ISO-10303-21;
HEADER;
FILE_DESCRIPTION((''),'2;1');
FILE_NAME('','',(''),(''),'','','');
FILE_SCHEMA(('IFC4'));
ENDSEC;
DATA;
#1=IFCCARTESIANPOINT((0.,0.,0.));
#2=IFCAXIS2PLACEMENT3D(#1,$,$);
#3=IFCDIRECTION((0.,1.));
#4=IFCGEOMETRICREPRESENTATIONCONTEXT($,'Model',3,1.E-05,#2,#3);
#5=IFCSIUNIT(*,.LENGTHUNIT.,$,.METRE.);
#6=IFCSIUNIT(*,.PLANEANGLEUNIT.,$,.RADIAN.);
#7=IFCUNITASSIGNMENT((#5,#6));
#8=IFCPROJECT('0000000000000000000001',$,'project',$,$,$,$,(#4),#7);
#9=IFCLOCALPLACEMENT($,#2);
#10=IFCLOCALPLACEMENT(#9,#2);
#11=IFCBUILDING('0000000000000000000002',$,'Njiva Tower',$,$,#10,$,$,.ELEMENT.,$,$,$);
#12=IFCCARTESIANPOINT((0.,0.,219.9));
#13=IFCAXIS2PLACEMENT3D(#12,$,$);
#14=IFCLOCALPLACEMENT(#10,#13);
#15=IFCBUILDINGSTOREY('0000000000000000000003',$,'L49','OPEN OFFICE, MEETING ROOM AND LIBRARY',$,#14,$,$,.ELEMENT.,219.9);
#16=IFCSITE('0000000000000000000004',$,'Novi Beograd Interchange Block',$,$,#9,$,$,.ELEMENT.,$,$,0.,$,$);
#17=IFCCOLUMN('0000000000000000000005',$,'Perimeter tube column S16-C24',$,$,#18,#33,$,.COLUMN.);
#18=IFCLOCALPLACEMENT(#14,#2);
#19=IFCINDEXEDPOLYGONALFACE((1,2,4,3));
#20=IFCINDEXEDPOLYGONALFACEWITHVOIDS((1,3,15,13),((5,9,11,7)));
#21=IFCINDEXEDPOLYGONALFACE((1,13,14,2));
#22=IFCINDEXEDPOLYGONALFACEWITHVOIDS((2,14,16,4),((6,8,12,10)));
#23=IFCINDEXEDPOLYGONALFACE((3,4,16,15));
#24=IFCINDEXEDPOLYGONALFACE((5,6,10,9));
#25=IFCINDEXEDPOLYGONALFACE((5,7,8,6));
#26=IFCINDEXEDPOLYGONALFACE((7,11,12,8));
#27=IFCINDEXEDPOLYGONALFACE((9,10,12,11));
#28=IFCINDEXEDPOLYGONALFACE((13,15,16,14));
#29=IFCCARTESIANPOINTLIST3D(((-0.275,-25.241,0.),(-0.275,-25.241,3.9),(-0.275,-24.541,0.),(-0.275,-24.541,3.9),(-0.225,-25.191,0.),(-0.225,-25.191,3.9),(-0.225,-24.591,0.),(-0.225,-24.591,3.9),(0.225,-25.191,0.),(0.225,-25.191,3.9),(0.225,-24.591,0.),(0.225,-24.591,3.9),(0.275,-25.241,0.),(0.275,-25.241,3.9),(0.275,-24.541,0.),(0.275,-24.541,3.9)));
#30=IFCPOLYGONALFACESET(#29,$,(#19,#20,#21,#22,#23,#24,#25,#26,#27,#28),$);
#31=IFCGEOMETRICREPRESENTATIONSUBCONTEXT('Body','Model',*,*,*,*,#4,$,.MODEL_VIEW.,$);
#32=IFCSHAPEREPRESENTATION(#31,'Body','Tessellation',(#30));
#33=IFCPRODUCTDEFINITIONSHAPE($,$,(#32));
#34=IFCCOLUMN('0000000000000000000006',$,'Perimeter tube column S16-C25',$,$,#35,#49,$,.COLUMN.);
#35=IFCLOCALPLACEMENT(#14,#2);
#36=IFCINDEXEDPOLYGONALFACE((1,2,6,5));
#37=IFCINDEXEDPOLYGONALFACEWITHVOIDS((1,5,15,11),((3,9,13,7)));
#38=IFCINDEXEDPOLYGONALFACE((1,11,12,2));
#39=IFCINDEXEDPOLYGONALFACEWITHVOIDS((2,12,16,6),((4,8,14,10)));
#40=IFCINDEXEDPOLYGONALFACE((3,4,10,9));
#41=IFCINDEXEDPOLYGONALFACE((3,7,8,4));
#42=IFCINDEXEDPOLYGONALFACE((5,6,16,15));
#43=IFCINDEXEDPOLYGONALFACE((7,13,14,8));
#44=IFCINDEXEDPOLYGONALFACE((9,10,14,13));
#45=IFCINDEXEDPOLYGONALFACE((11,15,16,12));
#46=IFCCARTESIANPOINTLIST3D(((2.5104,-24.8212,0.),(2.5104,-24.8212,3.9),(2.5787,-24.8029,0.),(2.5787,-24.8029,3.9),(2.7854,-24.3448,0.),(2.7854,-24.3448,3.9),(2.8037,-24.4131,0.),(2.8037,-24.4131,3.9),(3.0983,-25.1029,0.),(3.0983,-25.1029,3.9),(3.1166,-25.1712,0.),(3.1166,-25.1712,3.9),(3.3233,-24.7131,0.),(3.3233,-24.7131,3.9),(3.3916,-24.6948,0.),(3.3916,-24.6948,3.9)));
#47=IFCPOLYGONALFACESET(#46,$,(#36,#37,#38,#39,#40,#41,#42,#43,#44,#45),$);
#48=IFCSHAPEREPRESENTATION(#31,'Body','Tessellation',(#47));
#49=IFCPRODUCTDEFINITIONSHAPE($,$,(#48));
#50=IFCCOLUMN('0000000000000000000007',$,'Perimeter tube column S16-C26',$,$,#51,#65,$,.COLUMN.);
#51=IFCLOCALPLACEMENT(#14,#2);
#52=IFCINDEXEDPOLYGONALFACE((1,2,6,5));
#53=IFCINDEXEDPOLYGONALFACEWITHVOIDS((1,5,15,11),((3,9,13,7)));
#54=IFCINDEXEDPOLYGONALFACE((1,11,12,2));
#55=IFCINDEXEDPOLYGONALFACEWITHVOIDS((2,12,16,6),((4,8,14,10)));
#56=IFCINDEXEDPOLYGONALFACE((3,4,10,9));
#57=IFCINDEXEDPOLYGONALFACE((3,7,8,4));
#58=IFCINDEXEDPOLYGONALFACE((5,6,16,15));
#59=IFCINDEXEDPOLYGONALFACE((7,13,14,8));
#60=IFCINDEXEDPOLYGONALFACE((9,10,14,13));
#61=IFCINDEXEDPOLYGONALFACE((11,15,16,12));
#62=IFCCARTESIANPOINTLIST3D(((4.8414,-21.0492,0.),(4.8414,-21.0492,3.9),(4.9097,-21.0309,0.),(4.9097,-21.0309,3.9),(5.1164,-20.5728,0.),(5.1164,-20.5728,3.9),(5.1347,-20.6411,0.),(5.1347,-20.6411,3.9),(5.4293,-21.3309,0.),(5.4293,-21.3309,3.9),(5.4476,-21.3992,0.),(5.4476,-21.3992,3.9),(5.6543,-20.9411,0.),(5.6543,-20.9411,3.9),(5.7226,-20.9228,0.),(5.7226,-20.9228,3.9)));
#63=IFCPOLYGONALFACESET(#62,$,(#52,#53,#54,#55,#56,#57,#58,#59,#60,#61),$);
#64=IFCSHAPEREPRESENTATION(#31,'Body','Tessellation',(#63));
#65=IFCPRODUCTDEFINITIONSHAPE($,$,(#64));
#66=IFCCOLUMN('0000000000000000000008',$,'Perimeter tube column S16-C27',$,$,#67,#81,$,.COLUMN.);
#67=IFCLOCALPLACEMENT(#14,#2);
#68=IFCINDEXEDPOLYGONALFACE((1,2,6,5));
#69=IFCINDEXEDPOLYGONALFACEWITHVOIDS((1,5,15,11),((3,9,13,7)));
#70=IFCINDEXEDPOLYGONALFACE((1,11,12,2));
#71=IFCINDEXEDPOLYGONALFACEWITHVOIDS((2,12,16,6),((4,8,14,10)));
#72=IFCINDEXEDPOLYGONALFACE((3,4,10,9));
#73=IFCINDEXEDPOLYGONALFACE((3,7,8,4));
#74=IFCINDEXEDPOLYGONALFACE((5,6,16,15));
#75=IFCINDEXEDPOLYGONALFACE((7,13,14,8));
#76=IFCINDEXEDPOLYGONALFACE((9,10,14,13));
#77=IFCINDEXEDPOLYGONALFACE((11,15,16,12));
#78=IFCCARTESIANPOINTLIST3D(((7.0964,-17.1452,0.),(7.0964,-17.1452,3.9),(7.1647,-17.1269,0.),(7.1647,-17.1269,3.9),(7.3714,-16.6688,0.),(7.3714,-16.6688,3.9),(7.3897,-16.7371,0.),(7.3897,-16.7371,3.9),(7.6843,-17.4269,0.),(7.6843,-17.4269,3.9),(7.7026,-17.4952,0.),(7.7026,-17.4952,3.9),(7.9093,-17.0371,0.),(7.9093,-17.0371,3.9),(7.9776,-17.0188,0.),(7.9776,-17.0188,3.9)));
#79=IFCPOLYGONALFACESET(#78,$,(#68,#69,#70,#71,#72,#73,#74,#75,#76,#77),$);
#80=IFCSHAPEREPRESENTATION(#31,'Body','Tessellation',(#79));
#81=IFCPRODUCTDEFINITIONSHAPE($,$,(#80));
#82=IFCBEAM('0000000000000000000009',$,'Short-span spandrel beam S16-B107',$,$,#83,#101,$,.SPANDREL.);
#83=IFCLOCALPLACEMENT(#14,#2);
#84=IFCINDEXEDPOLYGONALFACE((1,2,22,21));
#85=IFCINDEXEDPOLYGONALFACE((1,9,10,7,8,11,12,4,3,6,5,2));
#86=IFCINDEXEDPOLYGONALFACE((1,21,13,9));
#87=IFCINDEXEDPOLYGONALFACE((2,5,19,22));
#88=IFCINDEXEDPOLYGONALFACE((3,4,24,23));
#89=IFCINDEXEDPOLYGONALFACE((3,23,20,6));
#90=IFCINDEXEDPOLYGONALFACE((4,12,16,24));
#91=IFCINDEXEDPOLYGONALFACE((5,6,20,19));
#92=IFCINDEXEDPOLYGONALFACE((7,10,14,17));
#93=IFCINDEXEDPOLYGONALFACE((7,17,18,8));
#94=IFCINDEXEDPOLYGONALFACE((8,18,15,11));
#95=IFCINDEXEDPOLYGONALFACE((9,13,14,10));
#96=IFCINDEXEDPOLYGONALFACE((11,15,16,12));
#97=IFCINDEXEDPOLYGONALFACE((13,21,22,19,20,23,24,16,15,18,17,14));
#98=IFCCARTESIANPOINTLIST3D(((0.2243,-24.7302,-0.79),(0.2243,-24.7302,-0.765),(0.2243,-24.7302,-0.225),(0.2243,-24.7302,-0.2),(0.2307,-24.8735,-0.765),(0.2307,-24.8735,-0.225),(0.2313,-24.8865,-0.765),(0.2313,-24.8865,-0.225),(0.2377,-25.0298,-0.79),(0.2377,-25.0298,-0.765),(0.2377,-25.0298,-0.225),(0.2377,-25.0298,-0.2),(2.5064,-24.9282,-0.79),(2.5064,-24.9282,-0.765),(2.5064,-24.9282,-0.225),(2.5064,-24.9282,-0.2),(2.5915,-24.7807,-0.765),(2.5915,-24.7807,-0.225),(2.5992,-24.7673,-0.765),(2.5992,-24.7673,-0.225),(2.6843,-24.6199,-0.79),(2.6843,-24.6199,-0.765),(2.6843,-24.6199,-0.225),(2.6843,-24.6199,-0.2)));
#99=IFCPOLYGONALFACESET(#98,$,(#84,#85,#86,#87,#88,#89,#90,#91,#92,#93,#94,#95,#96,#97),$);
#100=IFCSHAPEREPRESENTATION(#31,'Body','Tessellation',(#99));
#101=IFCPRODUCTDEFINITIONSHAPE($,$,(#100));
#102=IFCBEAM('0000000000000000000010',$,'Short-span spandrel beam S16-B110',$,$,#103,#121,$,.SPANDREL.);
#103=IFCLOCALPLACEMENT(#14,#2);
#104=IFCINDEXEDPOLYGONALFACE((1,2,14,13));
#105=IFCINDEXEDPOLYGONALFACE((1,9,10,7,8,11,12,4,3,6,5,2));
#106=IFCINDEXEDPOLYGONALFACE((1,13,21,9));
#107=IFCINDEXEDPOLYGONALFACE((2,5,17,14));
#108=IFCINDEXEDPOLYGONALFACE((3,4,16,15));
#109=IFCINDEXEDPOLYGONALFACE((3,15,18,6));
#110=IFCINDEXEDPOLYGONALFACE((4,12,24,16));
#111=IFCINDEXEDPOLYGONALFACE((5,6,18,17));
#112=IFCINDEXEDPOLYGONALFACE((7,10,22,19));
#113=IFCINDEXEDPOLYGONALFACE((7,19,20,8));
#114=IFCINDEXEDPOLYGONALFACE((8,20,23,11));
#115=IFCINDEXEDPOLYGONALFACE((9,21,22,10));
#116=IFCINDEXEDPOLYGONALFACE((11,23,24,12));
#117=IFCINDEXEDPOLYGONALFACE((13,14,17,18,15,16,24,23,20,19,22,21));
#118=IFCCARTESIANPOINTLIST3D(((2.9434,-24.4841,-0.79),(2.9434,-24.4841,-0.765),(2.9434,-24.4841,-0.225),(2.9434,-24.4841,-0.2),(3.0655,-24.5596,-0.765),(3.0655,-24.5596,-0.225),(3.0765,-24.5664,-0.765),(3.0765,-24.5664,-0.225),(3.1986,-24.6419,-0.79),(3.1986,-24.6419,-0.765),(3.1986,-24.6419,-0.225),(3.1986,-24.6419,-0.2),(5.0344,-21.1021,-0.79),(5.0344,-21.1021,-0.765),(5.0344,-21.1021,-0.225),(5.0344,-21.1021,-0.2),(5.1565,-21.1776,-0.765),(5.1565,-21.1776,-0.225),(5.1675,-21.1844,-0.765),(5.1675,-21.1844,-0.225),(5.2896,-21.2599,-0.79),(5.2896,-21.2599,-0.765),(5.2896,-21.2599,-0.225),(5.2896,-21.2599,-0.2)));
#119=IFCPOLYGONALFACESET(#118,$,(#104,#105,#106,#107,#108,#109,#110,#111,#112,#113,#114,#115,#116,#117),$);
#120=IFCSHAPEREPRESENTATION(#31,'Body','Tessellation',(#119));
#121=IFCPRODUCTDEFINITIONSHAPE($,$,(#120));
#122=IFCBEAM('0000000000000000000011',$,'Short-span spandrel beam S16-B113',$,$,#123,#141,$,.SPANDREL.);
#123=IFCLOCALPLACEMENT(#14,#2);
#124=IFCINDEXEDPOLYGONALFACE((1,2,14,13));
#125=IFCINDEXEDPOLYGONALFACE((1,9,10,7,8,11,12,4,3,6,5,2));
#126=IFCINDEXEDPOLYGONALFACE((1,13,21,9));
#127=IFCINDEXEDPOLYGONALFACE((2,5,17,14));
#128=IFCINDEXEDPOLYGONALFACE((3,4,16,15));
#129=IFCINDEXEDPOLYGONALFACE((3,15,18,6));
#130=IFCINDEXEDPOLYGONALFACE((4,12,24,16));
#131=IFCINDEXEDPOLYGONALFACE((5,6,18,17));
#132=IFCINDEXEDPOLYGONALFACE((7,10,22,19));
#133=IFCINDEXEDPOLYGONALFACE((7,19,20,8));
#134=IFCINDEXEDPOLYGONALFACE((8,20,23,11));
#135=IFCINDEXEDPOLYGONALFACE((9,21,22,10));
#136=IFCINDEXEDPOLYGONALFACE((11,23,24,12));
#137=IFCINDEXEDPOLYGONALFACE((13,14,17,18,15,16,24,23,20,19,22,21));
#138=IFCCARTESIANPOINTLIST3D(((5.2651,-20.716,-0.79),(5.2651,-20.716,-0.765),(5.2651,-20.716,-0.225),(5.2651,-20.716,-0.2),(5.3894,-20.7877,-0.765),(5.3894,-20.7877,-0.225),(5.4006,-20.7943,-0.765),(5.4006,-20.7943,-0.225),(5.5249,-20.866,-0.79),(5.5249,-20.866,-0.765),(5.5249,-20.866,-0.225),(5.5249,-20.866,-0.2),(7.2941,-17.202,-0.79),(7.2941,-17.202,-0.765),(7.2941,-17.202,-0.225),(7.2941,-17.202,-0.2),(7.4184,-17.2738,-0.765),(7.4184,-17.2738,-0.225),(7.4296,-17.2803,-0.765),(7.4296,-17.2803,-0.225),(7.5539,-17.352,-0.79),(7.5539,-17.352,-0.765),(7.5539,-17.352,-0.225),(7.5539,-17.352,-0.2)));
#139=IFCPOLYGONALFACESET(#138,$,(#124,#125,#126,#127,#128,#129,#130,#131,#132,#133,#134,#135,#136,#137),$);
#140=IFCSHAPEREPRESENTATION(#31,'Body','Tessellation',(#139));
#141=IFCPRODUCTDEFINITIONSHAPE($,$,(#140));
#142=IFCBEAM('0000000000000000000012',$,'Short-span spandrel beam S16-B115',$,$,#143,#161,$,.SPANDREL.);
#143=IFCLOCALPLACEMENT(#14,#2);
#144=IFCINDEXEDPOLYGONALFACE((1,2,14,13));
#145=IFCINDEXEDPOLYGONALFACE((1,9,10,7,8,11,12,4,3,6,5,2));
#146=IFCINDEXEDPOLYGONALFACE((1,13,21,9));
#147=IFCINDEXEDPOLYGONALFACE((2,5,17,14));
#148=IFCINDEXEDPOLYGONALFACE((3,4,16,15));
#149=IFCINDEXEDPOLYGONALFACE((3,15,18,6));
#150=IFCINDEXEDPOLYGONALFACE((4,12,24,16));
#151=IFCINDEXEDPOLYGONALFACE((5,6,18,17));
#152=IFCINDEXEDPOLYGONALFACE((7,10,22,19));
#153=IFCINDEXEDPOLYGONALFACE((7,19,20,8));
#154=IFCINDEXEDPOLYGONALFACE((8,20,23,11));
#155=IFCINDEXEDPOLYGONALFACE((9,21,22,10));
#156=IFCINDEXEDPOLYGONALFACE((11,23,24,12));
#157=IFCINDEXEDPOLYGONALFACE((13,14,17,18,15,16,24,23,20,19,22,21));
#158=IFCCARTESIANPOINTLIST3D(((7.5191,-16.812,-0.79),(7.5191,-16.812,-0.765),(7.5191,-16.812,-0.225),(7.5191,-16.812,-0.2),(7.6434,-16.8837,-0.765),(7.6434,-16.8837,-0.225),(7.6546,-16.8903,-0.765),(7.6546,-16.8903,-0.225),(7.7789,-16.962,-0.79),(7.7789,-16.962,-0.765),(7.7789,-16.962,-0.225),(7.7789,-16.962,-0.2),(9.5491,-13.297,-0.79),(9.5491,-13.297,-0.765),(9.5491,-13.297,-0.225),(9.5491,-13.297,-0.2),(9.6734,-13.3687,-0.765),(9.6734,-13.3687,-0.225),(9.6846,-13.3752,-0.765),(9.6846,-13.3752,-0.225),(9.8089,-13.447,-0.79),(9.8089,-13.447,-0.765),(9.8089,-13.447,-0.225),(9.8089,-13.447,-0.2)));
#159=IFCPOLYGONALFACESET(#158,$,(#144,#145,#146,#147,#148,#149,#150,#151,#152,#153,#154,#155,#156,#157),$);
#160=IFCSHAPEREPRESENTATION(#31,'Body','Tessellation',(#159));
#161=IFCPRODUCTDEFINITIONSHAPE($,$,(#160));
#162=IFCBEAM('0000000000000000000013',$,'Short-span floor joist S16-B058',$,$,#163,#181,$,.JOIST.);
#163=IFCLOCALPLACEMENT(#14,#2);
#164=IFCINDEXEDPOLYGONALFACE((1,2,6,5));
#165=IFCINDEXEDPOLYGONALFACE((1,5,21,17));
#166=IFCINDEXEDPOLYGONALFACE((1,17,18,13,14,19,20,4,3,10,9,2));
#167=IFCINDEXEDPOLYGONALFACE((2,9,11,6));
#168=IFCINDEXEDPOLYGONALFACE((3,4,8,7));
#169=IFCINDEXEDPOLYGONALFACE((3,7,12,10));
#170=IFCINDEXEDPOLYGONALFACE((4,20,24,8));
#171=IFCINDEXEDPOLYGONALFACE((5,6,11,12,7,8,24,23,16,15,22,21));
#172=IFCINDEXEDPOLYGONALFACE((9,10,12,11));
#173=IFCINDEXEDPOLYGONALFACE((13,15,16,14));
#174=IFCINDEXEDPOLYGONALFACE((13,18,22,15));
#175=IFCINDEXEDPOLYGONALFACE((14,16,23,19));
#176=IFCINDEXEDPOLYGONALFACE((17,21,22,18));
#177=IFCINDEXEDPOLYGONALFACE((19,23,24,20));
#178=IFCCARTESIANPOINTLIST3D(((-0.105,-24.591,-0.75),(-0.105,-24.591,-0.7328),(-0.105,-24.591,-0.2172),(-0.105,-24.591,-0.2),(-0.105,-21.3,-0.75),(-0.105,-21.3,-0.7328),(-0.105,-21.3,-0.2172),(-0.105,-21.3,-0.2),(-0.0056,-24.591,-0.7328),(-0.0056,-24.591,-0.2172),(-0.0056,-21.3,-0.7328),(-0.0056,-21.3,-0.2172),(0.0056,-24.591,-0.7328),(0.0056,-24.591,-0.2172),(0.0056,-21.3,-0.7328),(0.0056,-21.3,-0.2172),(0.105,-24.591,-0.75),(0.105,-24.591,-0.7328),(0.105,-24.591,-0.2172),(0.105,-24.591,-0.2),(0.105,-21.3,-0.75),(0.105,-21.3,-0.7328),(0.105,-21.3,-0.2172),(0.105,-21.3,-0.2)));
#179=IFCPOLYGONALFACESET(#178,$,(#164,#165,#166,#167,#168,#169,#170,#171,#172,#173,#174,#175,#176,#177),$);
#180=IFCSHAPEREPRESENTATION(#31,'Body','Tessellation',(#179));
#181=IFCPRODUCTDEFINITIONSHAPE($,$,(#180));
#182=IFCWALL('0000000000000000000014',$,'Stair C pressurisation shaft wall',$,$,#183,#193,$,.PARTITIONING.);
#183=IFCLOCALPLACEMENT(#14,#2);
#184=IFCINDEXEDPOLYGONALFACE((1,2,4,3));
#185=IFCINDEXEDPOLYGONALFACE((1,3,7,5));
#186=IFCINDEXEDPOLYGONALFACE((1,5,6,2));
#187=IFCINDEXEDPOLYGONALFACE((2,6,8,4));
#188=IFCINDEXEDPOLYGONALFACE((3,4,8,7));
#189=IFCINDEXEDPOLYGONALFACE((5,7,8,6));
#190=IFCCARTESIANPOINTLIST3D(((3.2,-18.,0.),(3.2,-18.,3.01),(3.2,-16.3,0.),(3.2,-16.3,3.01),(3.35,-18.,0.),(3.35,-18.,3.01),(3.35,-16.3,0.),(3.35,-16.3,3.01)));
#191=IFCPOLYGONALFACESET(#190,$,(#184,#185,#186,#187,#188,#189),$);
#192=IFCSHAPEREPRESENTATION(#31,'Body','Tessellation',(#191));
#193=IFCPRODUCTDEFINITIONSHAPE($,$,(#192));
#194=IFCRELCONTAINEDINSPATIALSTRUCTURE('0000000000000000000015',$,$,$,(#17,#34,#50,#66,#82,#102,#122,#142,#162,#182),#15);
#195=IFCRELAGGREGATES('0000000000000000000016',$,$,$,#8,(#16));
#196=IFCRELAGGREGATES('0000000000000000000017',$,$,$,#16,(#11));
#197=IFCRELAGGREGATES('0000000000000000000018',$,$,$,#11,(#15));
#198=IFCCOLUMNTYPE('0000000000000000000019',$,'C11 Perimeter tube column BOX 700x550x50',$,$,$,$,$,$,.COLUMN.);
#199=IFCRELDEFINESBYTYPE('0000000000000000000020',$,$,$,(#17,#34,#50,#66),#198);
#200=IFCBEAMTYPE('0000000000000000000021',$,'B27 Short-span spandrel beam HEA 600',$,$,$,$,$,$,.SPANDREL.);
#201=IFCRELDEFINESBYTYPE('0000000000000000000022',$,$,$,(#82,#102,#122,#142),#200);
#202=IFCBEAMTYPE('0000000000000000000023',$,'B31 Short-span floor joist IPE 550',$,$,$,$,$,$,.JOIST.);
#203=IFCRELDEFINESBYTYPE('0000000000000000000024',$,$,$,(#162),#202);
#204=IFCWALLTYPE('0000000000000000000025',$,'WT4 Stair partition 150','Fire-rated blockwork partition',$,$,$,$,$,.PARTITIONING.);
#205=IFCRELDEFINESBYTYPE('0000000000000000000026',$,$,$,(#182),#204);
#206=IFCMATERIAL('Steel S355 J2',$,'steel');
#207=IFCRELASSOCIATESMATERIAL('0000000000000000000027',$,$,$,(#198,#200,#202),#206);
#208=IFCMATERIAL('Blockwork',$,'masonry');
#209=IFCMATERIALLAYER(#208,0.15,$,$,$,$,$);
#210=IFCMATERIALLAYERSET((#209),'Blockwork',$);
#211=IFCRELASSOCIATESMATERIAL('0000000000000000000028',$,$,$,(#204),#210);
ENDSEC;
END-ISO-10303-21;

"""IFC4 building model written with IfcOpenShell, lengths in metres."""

from ifc_helpers import new_model, si_unit, direction, frame, frame_2d, origin, origin_2d, place, context, subcontext, project, spatial, rectangle, hollow_rectangle, i_section, extrude, clip, halfspace, material, layer, layer_set, material_profile, profile_set, type_object, element, save


model = new_model("IFC4")

# Units and contexts
model_context = context("Model", 3, precision=1e-05, world=origin(), true_north=direction((0.0, 1.0)))
body_context = subcontext(model_context, "Body", "Model", "MODEL_VIEW")
ifc_project = project(units=[si_unit("LENGTHUNIT", "METRE"), si_unit("PLANEANGLEUNIT", "RADIAN")], contexts=[model_context])

# Site, building, storey
site_placement = place(None, origin())
site = spatial("IfcSite", under=ifc_project, at=site_placement, Name="Novi Beograd Interchange Block", CompositionType="ELEMENT", RefElevation=0.0)
building_placement = place(site_placement, origin())
building = spatial("IfcBuilding", under=site, at=building_placement, Name="Njiva Tower", CompositionType="ELEMENT")
storey_placement = place(building_placement, frame((0.0, 0.0, 219.9)))
storey = spatial("IfcBuildingStorey", under=building, at=storey_placement, Name="L49", Description="OPEN OFFICE, MEETING ROOM AND LIBRARY", CompositionType="ELEMENT", Elevation=219.9)

# Columns
ifc_material_1 = material(Name="Steel S355 J2", Category="steel")
ifc_material_profile_1 = material_profile(ifc_material_1, hollow_rectangle(XDim=0.55, YDim=0.7, WallThickness=0.05, at=origin_2d()), Name="BOX 700x550x50")
ifc_profile_set_1 = profile_set([ifc_material_profile_1], Name="Steel S355 J2")
column_type = type_object("IfcColumnType", Name="C11 Perimeter tube column BOX 700x550x50", PredefinedType="COLUMN", material=ifc_profile_set_1)
for number, where, z_axis, x_axis, name in (
    (1, (0.0, -24.891, 0.0), (0.0, 0.0, 1.0), (1.0, 0.0, 0.0), "Perimeter tube column S16-C24"),
    (2, (2.951, -24.758, 0.0), (0.0, 0.0, 1.0), (0.5, 0.866025, 0.0), "Perimeter tube column S16-C25"),
    (3, (5.282, -20.986, 0.0), (0.0, 0.0, 1.0), (0.5, 0.866025, 0.0), "Perimeter tube column S16-C26"),
    (4, (7.537, -17.082, 0.0), (0.0, 0.0, 1.0), (0.5, 0.866025, 0.0), "Perimeter tube column S16-C27"),
):
    element("IfcColumn", number, at=place(storey_placement, frame(where, z_axis=z_axis, x_axis=x_axis)), inside=storey, type_object=column_type, Name=name, PredefinedType="COLUMN", context=body_context, shape_type="SweptSolid", body=[
        extrude(hollow_rectangle(XDim=0.55, YDim=0.7, WallThickness=0.05, at=origin_2d()), origin(), (0.0, 0.0, 1.0), 3.9),
    ])

# Beams
ifc_material_profile_2 = material_profile(ifc_material_1, i_section(OverallWidth=0.3, OverallDepth=0.59, WebThickness=0.013, FlangeThickness=0.025, at=origin_2d()), Name="HEA 600")
ifc_profile_set_2 = profile_set([ifc_material_profile_2], Name="Steel S355 J2")
beam_type_1 = type_object("IfcBeamType", Name="B27 Short-span spandrel beam HEA 600", PredefinedType="SPANDREL", material=ifc_profile_set_2)
beam_1_placement = place(storey_placement, frame((0.231, -24.88, -0.495), z_axis=(0.998997, 0.044775, 0.0), x_axis=(-0.044775, 0.998997, 0.0)))
element("IfcBeam", 5, at=beam_1_placement, inside=storey, type_object=beam_type_1, Name="Short-span spandrel beam S16-B107", PredefinedType="SPANDREL", context=body_context, shape_type="Clipping", body=[
    clip(extrude(i_section(OverallWidth=0.3, OverallDepth=0.59, WebThickness=0.013, FlangeThickness=0.025, at=origin_2d()), origin(), (0.0, 0.0, 1.0), 2.4834), halfspace(frame((-0.0265, 0.0, 2.3498), z_axis=(-0.538273, 0.0, 0.84277), x_axis=(0.0, 1.0, 0.0)), False)),
])
beam_2_placement = place(storey_placement, frame((3.071, -24.563, -0.495), z_axis=(0.525878, 0.85056, 0.0), x_axis=(-0.85056, 0.525878, 0.0)))
element("IfcBeam", 6, at=beam_2_placement, inside=storey, type_object=beam_type_1, Name="Short-span spandrel beam S16-B110", PredefinedType="SPANDREL", context=body_context, shape_type="SweptSolid", body=[
    extrude(i_section(OverallWidth=0.3, OverallDepth=0.59, WebThickness=0.013, FlangeThickness=0.025, at=origin_2d()), origin(), (0.0, 0.0, 1.0), 3.9762),
])
beam_3_placement = place(storey_placement, frame((5.395, -20.791, -0.495), z_axis=(0.500035, 0.866005, 0.0), x_axis=(-0.866005, 0.500035, 0.0)))
element("IfcBeam", 7, at=beam_3_placement, inside=storey, type_object=beam_type_1, Name="Short-span spandrel beam S16-B113", PredefinedType="SPANDREL", context=body_context, shape_type="SweptSolid", body=[
    extrude(i_section(OverallWidth=0.3, OverallDepth=0.59, WebThickness=0.013, FlangeThickness=0.025, at=origin_2d()), origin(), (0.0, 0.0, 1.0), 4.0577),
])
beam_4_placement = place(storey_placement, frame((7.649, -16.887, -0.495), z_axis=(0.500113, 0.86596, 0.0), x_axis=(-0.86596, 0.500113, 0.0)))
element("IfcBeam", 8, at=beam_4_placement, inside=storey, type_object=beam_type_1, Name="Short-span spandrel beam S16-B115", PredefinedType="SPANDREL", context=body_context, shape_type="SweptSolid", body=[
    extrude(i_section(OverallWidth=0.3, OverallDepth=0.59, WebThickness=0.013, FlangeThickness=0.025, at=origin_2d()), origin(), (0.0, 0.0, 1.0), 4.0591),
])
ifc_material_profile_3 = material_profile(ifc_material_1, i_section(OverallWidth=0.21, OverallDepth=0.55, WebThickness=0.0111, FlangeThickness=0.0172, at=origin_2d()), Name="IPE 550")
ifc_profile_set_3 = profile_set([ifc_material_profile_3], Name="Steel S355 J2")
beam_type_2 = type_object("IfcBeamType", Name="B31 Short-span floor joist IPE 550", PredefinedType="JOIST", material=ifc_profile_set_3)
beam_5_placement = place(storey_placement, frame((0.0, -21.3, -0.475), z_axis=(0.0, -1.0, 0.0), x_axis=(1.0, 0.0, 0.0)))
element("IfcBeam", 9, at=beam_5_placement, inside=storey, type_object=beam_type_2, Name="Short-span floor joist S16-B058", PredefinedType="JOIST", context=body_context, shape_type="SweptSolid", body=[
    extrude(i_section(OverallWidth=0.21, OverallDepth=0.55, WebThickness=0.0111, FlangeThickness=0.0172, at=origin_2d()), origin(), (0.0, 0.0, 1.0), 3.291),
])

# Wall
ifc_material_2 = material(Name="Blockwork", Category="masonry")
ifc_layer_1 = layer(ifc_material_2, 0.15)
ifc_layer_set_1 = layer_set([ifc_layer_1], Name="Blockwork")
wall_type_1 = type_object("IfcWallType", Name="WT4 Stair partition 150", Description="Fire-rated blockwork partition", PredefinedType="PARTITIONING", material=ifc_layer_set_1)
wall_1_placement = place(storey_placement, frame((3.275, -18.0, 0.0), z_axis=(0.0, 0.0, 1.0), x_axis=(0.0, 1.0, 0.0)))
element("IfcWall", 10, at=wall_1_placement, inside=storey, type_object=wall_type_1, Name="Stair C pressurisation shaft wall", PredefinedType="PARTITIONING", context=body_context, shape_type="SweptSolid", body=[
    extrude(rectangle(XDim=1.7, YDim=0.15, at=frame_2d((0.85, 0.0))), origin(), (0.0, 0.0, 1.0), 3.01),
])

save(model, "model.ifc")
